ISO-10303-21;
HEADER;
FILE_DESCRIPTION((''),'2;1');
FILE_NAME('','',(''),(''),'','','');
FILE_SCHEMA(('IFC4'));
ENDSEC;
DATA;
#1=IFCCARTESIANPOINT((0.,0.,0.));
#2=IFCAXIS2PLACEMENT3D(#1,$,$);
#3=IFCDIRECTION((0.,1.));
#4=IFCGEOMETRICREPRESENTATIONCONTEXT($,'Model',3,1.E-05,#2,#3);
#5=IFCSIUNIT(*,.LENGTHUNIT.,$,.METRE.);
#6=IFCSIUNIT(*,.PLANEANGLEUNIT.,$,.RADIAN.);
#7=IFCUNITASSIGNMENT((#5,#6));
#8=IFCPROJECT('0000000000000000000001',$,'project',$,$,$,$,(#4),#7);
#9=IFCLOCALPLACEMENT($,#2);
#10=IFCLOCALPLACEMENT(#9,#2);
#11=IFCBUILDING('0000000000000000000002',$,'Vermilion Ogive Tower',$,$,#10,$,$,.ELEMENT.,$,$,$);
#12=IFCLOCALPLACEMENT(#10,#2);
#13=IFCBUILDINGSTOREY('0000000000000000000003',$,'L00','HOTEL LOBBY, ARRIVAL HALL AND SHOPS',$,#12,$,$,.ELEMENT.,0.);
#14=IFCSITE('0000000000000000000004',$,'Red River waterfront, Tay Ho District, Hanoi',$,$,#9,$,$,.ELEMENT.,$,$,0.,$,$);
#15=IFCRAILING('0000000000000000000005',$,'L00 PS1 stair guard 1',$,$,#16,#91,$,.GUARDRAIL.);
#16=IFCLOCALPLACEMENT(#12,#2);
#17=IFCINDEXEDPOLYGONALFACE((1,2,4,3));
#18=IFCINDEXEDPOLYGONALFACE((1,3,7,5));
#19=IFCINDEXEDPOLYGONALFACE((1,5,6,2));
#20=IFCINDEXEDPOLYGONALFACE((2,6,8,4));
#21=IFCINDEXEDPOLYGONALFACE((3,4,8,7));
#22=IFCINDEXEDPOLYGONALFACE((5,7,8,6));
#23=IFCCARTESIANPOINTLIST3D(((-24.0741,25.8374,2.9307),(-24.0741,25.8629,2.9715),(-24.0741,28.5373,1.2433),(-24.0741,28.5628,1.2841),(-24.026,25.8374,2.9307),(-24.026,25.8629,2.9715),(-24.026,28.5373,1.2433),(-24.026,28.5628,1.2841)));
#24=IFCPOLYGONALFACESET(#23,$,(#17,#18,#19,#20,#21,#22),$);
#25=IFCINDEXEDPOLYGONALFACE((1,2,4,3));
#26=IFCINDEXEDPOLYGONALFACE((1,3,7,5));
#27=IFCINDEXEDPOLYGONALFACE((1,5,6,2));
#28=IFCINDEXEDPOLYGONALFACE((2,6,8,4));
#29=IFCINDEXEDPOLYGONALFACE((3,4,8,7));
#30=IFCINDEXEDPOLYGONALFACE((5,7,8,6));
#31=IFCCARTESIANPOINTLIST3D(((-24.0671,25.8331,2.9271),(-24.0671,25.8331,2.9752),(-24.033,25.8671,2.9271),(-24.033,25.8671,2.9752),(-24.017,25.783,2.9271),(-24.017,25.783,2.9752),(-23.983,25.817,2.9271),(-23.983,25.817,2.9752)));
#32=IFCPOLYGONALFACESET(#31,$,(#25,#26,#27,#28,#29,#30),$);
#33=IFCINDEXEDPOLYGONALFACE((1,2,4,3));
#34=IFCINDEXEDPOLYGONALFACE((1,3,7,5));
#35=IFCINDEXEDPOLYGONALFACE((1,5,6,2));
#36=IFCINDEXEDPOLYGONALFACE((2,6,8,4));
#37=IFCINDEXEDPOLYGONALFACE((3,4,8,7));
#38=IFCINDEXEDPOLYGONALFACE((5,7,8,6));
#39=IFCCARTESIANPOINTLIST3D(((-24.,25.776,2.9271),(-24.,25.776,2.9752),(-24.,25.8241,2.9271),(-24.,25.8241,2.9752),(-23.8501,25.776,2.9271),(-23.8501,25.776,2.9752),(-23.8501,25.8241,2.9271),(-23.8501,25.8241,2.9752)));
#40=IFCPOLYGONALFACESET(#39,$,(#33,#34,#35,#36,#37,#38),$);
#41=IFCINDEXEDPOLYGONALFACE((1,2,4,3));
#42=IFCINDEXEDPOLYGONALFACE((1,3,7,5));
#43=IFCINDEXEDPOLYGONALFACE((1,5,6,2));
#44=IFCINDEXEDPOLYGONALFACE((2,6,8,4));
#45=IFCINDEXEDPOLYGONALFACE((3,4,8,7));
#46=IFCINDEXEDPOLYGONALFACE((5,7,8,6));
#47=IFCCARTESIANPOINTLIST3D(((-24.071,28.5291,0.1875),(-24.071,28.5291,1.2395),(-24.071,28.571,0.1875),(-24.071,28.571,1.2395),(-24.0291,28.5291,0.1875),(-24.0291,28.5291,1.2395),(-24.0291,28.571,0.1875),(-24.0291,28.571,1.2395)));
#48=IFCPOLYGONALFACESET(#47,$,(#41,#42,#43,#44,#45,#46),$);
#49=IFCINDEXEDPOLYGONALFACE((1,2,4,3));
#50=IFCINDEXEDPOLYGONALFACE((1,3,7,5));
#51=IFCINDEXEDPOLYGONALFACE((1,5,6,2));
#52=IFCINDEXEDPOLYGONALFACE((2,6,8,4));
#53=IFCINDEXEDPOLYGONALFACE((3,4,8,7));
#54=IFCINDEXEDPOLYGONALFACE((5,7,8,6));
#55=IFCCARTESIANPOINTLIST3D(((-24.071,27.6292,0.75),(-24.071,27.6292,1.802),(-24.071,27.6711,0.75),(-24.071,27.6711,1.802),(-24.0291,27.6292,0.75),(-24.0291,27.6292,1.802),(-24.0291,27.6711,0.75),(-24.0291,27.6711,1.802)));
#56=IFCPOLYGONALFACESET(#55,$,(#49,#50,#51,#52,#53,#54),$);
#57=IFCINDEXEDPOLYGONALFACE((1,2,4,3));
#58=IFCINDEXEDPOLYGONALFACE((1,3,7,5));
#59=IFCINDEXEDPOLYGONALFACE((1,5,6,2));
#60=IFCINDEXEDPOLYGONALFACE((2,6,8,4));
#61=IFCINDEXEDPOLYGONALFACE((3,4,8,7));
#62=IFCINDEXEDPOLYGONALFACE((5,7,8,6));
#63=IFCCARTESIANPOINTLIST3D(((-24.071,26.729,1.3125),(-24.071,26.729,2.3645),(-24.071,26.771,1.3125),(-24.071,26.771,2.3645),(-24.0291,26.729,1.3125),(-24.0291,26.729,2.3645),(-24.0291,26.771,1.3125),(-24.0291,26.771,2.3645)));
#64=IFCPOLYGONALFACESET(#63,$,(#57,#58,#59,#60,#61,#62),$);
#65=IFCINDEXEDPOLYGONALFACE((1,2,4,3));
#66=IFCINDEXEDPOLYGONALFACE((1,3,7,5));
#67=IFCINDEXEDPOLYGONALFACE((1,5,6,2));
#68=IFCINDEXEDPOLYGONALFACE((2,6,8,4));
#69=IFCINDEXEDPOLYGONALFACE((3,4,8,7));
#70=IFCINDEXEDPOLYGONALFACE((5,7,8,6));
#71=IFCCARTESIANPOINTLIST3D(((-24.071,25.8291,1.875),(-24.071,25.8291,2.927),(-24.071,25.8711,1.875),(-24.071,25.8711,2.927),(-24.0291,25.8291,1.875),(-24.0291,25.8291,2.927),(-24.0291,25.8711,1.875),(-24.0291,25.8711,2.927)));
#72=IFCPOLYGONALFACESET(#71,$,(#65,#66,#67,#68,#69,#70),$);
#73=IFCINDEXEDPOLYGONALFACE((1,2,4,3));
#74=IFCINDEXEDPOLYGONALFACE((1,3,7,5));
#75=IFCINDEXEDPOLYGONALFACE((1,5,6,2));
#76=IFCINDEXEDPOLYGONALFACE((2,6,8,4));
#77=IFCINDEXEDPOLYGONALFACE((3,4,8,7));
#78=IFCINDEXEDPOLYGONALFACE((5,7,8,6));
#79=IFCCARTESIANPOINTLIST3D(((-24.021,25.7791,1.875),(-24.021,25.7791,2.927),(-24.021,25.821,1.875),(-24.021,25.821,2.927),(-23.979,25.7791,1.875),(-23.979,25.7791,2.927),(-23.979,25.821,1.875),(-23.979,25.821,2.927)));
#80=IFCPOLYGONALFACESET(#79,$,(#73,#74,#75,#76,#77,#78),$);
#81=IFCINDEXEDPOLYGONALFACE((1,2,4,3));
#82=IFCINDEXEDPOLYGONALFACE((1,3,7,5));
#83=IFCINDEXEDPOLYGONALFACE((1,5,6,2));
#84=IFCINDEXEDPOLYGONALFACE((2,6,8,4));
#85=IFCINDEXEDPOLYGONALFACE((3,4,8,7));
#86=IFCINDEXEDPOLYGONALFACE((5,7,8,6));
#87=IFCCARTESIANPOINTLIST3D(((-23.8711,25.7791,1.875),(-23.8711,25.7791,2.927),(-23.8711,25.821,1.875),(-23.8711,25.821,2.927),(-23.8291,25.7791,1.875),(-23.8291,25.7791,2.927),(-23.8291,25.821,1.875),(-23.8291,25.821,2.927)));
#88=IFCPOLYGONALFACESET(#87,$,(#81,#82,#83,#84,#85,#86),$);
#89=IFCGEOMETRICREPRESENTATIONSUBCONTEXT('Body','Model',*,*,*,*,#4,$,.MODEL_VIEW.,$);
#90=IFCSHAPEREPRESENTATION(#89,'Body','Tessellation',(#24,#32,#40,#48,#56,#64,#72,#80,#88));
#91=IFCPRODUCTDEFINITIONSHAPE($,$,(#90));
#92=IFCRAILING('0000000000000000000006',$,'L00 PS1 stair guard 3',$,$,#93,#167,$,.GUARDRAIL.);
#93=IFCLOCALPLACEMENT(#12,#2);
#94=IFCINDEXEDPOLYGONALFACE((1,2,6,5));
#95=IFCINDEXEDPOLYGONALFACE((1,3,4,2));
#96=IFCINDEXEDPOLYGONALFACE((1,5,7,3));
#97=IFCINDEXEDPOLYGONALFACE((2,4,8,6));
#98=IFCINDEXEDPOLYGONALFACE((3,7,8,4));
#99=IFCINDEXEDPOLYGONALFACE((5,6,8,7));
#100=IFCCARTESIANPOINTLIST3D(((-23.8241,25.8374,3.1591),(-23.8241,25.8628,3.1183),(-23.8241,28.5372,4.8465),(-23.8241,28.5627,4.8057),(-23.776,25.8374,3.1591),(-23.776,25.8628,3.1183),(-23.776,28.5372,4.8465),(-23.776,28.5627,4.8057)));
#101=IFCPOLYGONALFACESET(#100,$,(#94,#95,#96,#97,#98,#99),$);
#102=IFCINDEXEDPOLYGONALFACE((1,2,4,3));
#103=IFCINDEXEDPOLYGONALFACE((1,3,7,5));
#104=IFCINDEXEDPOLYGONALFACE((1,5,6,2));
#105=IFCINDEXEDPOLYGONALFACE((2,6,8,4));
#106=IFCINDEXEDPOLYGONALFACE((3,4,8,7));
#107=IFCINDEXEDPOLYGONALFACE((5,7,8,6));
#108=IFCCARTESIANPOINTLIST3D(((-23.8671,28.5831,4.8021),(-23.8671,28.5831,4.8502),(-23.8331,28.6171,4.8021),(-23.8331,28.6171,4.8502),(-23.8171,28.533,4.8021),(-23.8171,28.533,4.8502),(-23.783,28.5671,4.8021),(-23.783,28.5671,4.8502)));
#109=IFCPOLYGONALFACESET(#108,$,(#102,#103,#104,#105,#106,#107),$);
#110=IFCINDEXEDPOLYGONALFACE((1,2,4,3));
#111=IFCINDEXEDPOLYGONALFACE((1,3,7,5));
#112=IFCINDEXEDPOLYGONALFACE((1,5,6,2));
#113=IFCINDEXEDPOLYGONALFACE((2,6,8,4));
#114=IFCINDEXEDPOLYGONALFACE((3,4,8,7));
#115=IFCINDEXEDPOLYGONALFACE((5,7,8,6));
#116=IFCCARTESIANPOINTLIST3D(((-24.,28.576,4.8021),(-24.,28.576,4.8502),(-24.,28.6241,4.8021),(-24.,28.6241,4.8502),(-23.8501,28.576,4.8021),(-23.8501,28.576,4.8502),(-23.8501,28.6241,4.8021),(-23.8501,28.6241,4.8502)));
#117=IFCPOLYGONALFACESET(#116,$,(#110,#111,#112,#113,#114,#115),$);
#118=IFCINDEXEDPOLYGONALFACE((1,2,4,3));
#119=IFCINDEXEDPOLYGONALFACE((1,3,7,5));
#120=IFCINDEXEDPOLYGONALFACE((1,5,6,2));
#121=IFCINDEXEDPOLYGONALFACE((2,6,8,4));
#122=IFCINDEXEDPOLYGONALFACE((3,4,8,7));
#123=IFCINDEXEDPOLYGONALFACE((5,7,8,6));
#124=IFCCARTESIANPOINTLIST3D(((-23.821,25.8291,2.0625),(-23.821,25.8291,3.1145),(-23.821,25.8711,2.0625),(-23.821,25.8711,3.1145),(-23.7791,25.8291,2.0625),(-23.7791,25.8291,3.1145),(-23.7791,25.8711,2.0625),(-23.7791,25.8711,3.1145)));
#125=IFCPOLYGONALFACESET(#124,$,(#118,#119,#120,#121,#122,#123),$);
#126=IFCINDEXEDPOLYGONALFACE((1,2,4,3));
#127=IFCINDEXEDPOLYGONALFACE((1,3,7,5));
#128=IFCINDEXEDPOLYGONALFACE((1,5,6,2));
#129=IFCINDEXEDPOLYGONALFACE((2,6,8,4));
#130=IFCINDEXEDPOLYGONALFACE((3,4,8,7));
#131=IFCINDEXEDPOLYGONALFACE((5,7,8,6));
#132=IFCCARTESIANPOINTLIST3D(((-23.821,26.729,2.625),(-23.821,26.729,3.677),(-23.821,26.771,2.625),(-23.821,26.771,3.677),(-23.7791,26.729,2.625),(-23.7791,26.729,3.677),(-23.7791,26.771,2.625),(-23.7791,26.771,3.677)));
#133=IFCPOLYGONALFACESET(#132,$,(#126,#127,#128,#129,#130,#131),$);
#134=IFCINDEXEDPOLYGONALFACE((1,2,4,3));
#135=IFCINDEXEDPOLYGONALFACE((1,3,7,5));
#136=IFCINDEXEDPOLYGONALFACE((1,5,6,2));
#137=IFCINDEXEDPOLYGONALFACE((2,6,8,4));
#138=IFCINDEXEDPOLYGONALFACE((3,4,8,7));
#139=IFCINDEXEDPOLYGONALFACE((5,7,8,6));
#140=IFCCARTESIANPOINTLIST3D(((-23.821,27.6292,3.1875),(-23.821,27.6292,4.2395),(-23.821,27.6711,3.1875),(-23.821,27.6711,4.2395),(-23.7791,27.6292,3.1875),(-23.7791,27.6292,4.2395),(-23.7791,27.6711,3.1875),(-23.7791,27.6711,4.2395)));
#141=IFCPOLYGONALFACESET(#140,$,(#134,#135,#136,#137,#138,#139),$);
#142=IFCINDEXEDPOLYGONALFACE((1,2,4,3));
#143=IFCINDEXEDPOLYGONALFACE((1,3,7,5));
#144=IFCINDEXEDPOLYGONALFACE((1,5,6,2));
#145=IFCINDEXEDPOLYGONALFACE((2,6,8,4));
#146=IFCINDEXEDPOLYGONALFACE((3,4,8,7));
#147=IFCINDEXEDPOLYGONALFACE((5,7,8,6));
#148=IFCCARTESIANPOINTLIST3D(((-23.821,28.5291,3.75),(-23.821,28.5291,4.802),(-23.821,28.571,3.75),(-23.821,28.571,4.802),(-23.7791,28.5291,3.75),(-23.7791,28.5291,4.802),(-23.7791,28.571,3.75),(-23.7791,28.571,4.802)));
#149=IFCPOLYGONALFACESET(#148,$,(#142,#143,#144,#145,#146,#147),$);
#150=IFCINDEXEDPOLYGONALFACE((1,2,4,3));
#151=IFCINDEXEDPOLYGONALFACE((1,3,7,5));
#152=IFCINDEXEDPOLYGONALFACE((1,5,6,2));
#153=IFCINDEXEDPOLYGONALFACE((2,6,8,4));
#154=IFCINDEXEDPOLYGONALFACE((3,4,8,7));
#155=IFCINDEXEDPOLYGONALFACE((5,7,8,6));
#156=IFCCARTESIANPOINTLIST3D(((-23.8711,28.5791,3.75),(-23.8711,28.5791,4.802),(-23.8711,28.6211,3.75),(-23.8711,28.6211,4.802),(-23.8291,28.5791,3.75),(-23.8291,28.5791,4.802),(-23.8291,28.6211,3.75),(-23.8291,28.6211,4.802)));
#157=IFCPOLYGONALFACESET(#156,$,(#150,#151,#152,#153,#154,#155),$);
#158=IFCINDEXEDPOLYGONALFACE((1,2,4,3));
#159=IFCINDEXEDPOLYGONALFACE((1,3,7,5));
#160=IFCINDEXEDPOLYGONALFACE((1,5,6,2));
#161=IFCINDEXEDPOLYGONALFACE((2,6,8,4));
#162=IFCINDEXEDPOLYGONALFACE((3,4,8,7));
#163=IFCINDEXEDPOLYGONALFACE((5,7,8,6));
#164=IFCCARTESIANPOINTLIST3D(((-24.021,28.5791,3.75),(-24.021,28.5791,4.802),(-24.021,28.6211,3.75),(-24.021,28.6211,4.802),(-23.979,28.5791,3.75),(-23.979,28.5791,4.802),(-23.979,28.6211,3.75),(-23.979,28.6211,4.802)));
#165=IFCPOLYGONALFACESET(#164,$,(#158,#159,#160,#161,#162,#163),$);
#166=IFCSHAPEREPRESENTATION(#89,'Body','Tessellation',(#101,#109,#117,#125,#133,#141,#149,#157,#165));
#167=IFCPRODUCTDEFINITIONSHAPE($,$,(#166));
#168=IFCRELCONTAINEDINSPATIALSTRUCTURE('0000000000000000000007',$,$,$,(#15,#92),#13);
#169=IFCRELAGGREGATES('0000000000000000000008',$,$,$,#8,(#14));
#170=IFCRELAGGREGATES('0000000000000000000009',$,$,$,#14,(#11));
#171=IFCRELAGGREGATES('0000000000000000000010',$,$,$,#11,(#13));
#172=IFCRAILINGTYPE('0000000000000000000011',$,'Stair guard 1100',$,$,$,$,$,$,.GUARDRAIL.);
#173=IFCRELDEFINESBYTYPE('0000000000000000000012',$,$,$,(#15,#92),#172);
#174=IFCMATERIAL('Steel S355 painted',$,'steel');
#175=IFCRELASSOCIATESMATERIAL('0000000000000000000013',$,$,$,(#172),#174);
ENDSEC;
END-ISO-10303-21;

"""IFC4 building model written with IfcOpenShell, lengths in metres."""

from ifc_helpers import new_model, si_unit, direction, frame, origin, origin_2d, place, context, subcontext, project, spatial, rectangle, extrude, material, type_object, element, save


model = new_model("IFC4")

# Units and contexts
model_context = context("Model", 3, precision=1e-05, world=origin(), true_north=direction((0.0, 1.0)))
body_context = subcontext(model_context, "Body", "Model", "MODEL_VIEW")
ifc_project = project(units=[si_unit("LENGTHUNIT", "METRE"), si_unit("PLANEANGLEUNIT", "RADIAN")], contexts=[model_context])

# Site, building, storey
site_placement = place(None, origin())
site = spatial("IfcSite", under=ifc_project, at=site_placement, Name="Red River waterfront, Tay Ho District, Hanoi", CompositionType="ELEMENT", RefElevation=0.0)
building_placement = place(site_placement, origin())
building = spatial("IfcBuilding", under=site, at=building_placement, Name="Vermilion Ogive Tower", CompositionType="ELEMENT")
storey_placement = place(building_placement, origin())
storey = spatial("IfcBuildingStorey", under=building, at=storey_placement, Name="L00", Description="HOTEL LOBBY, ARRIVAL HALL AND SHOPS", CompositionType="ELEMENT", Elevation=0.0)

# Railings
ifc_material_1 = material(Name="Steel S355 painted", Category="steel")
railing_type_1 = type_object("IfcRailingType", Name="Stair guard 1100", PredefinedType="GUARDRAIL", material=ifc_material_1)
railing_1_placement = place(storey_placement, frame((-24.05, 28.55, 0.1875)))
element("IfcRailing", 1, at=railing_1_placement, inside=storey, type_object=railing_type_1, Name="L00 PS1 stair guard 1", PredefinedType="GUARDRAIL", context=body_context, shape_type="SweptSolid", body=[
    extrude(rectangle(XDim=0.0481, YDim=0.0481, at=origin_2d()), frame((0.0, 0.0, 1.0762), z_axis=(0.0, -0.847994, 0.530006), x_axis=(1.0, 0.0, 0.0)), (0.0, 0.0, 1.0), 3.1838),
    extrude(rectangle(XDim=0.0481, YDim=0.0481, at=origin_2d()), frame((0.0, -2.7, 2.7637), z_axis=(0.707107, -0.707107, 0.0), x_axis=(0.707107, 0.707107, 0.0)), (0.0, 0.0, 1.0), 0.0708),
    extrude(rectangle(XDim=0.0481, YDim=0.0481, at=origin_2d()), frame((0.05, -2.75, 2.7637), z_axis=(1.0, 0.0, 0.0), x_axis=(0.0, 1.0, 0.0)), (0.0, 0.0, 1.0), 0.1499),
    extrude(rectangle(XDim=0.042, YDim=0.042, at=origin_2d()), origin(), (0.0, 0.0, 1.0), 1.052),
    extrude(rectangle(XDim=0.042, YDim=0.042, at=origin_2d()), frame((0.0, -0.8999, 0.5625)), (0.0, 0.0, 1.0), 1.052),
    extrude(rectangle(XDim=0.042, YDim=0.042, at=origin_2d()), frame((0.0, -1.8, 1.125)), (0.0, 0.0, 1.0), 1.052),
    extrude(rectangle(XDim=0.042, YDim=0.042, at=origin_2d()), frame((0.0, -2.7, 1.6875)), (0.0, 0.0, 1.0), 1.052),
    extrude(rectangle(XDim=0.042, YDim=0.042, at=origin_2d()), frame((0.05, -2.75, 1.6875)), (0.0, 0.0, 1.0), 1.052),
    extrude(rectangle(XDim=0.042, YDim=0.042, at=origin_2d()), frame((0.2, -2.75, 1.6875)), (0.0, 0.0, 1.0), 1.052),
])
railing_2_placement = place(storey_placement, frame((-23.8, 25.8501, 2.0625)))
element("IfcRailing", 2, at=railing_2_placement, inside=storey, type_object=railing_type_1, Name="L00 PS1 stair guard 3", PredefinedType="GUARDRAIL", context=body_context, shape_type="SweptSolid", body=[
    extrude(rectangle(XDim=0.0481, YDim=0.0481, at=origin_2d()), frame((0.0, 0.0, 1.0762), z_axis=(0.0, 0.847994, 0.530006), x_axis=(-1.0, 0.0, 0.0)), (0.0, 0.0, 1.0), 3.1838),
    extrude(rectangle(XDim=0.0481, YDim=0.0481, at=origin_2d()), frame((0.0, 2.7, 2.7637), z_axis=(-0.707107, 0.707107, 0.0), x_axis=(-0.707107, -0.707107, 0.0)), (0.0, 0.0, 1.0), 0.0708),
    extrude(rectangle(XDim=0.0481, YDim=0.0481, at=origin_2d()), frame((-0.05, 2.75, 2.7637), z_axis=(-1.0, 0.0, 0.0), x_axis=(0.0, -1.0, 0.0)), (0.0, 0.0, 1.0), 0.1499),
    extrude(rectangle(XDim=0.042, YDim=0.042, at=origin_2d()), origin(), (0.0, 0.0, 1.0), 1.052),
    extrude(rectangle(XDim=0.042, YDim=0.042, at=origin_2d()), frame((0.0, 0.8999, 0.5625)), (0.0, 0.0, 1.0), 1.052),
    extrude(rectangle(XDim=0.042, YDim=0.042, at=origin_2d()), frame((0.0, 1.8, 1.125)), (0.0, 0.0, 1.0), 1.052),
    extrude(rectangle(XDim=0.042, YDim=0.042, at=origin_2d()), frame((0.0, 2.7, 1.6875)), (0.0, 0.0, 1.0), 1.052),
    extrude(rectangle(XDim=0.042, YDim=0.042, at=origin_2d()), frame((-0.05, 2.75, 1.6875)), (0.0, 0.0, 1.0), 1.052),
    extrude(rectangle(XDim=0.042, YDim=0.042, at=origin_2d()), frame((-0.2, 2.75, 1.6875)), (0.0, 0.0, 1.0), 1.052),
])

save(model, "model.ifc")
